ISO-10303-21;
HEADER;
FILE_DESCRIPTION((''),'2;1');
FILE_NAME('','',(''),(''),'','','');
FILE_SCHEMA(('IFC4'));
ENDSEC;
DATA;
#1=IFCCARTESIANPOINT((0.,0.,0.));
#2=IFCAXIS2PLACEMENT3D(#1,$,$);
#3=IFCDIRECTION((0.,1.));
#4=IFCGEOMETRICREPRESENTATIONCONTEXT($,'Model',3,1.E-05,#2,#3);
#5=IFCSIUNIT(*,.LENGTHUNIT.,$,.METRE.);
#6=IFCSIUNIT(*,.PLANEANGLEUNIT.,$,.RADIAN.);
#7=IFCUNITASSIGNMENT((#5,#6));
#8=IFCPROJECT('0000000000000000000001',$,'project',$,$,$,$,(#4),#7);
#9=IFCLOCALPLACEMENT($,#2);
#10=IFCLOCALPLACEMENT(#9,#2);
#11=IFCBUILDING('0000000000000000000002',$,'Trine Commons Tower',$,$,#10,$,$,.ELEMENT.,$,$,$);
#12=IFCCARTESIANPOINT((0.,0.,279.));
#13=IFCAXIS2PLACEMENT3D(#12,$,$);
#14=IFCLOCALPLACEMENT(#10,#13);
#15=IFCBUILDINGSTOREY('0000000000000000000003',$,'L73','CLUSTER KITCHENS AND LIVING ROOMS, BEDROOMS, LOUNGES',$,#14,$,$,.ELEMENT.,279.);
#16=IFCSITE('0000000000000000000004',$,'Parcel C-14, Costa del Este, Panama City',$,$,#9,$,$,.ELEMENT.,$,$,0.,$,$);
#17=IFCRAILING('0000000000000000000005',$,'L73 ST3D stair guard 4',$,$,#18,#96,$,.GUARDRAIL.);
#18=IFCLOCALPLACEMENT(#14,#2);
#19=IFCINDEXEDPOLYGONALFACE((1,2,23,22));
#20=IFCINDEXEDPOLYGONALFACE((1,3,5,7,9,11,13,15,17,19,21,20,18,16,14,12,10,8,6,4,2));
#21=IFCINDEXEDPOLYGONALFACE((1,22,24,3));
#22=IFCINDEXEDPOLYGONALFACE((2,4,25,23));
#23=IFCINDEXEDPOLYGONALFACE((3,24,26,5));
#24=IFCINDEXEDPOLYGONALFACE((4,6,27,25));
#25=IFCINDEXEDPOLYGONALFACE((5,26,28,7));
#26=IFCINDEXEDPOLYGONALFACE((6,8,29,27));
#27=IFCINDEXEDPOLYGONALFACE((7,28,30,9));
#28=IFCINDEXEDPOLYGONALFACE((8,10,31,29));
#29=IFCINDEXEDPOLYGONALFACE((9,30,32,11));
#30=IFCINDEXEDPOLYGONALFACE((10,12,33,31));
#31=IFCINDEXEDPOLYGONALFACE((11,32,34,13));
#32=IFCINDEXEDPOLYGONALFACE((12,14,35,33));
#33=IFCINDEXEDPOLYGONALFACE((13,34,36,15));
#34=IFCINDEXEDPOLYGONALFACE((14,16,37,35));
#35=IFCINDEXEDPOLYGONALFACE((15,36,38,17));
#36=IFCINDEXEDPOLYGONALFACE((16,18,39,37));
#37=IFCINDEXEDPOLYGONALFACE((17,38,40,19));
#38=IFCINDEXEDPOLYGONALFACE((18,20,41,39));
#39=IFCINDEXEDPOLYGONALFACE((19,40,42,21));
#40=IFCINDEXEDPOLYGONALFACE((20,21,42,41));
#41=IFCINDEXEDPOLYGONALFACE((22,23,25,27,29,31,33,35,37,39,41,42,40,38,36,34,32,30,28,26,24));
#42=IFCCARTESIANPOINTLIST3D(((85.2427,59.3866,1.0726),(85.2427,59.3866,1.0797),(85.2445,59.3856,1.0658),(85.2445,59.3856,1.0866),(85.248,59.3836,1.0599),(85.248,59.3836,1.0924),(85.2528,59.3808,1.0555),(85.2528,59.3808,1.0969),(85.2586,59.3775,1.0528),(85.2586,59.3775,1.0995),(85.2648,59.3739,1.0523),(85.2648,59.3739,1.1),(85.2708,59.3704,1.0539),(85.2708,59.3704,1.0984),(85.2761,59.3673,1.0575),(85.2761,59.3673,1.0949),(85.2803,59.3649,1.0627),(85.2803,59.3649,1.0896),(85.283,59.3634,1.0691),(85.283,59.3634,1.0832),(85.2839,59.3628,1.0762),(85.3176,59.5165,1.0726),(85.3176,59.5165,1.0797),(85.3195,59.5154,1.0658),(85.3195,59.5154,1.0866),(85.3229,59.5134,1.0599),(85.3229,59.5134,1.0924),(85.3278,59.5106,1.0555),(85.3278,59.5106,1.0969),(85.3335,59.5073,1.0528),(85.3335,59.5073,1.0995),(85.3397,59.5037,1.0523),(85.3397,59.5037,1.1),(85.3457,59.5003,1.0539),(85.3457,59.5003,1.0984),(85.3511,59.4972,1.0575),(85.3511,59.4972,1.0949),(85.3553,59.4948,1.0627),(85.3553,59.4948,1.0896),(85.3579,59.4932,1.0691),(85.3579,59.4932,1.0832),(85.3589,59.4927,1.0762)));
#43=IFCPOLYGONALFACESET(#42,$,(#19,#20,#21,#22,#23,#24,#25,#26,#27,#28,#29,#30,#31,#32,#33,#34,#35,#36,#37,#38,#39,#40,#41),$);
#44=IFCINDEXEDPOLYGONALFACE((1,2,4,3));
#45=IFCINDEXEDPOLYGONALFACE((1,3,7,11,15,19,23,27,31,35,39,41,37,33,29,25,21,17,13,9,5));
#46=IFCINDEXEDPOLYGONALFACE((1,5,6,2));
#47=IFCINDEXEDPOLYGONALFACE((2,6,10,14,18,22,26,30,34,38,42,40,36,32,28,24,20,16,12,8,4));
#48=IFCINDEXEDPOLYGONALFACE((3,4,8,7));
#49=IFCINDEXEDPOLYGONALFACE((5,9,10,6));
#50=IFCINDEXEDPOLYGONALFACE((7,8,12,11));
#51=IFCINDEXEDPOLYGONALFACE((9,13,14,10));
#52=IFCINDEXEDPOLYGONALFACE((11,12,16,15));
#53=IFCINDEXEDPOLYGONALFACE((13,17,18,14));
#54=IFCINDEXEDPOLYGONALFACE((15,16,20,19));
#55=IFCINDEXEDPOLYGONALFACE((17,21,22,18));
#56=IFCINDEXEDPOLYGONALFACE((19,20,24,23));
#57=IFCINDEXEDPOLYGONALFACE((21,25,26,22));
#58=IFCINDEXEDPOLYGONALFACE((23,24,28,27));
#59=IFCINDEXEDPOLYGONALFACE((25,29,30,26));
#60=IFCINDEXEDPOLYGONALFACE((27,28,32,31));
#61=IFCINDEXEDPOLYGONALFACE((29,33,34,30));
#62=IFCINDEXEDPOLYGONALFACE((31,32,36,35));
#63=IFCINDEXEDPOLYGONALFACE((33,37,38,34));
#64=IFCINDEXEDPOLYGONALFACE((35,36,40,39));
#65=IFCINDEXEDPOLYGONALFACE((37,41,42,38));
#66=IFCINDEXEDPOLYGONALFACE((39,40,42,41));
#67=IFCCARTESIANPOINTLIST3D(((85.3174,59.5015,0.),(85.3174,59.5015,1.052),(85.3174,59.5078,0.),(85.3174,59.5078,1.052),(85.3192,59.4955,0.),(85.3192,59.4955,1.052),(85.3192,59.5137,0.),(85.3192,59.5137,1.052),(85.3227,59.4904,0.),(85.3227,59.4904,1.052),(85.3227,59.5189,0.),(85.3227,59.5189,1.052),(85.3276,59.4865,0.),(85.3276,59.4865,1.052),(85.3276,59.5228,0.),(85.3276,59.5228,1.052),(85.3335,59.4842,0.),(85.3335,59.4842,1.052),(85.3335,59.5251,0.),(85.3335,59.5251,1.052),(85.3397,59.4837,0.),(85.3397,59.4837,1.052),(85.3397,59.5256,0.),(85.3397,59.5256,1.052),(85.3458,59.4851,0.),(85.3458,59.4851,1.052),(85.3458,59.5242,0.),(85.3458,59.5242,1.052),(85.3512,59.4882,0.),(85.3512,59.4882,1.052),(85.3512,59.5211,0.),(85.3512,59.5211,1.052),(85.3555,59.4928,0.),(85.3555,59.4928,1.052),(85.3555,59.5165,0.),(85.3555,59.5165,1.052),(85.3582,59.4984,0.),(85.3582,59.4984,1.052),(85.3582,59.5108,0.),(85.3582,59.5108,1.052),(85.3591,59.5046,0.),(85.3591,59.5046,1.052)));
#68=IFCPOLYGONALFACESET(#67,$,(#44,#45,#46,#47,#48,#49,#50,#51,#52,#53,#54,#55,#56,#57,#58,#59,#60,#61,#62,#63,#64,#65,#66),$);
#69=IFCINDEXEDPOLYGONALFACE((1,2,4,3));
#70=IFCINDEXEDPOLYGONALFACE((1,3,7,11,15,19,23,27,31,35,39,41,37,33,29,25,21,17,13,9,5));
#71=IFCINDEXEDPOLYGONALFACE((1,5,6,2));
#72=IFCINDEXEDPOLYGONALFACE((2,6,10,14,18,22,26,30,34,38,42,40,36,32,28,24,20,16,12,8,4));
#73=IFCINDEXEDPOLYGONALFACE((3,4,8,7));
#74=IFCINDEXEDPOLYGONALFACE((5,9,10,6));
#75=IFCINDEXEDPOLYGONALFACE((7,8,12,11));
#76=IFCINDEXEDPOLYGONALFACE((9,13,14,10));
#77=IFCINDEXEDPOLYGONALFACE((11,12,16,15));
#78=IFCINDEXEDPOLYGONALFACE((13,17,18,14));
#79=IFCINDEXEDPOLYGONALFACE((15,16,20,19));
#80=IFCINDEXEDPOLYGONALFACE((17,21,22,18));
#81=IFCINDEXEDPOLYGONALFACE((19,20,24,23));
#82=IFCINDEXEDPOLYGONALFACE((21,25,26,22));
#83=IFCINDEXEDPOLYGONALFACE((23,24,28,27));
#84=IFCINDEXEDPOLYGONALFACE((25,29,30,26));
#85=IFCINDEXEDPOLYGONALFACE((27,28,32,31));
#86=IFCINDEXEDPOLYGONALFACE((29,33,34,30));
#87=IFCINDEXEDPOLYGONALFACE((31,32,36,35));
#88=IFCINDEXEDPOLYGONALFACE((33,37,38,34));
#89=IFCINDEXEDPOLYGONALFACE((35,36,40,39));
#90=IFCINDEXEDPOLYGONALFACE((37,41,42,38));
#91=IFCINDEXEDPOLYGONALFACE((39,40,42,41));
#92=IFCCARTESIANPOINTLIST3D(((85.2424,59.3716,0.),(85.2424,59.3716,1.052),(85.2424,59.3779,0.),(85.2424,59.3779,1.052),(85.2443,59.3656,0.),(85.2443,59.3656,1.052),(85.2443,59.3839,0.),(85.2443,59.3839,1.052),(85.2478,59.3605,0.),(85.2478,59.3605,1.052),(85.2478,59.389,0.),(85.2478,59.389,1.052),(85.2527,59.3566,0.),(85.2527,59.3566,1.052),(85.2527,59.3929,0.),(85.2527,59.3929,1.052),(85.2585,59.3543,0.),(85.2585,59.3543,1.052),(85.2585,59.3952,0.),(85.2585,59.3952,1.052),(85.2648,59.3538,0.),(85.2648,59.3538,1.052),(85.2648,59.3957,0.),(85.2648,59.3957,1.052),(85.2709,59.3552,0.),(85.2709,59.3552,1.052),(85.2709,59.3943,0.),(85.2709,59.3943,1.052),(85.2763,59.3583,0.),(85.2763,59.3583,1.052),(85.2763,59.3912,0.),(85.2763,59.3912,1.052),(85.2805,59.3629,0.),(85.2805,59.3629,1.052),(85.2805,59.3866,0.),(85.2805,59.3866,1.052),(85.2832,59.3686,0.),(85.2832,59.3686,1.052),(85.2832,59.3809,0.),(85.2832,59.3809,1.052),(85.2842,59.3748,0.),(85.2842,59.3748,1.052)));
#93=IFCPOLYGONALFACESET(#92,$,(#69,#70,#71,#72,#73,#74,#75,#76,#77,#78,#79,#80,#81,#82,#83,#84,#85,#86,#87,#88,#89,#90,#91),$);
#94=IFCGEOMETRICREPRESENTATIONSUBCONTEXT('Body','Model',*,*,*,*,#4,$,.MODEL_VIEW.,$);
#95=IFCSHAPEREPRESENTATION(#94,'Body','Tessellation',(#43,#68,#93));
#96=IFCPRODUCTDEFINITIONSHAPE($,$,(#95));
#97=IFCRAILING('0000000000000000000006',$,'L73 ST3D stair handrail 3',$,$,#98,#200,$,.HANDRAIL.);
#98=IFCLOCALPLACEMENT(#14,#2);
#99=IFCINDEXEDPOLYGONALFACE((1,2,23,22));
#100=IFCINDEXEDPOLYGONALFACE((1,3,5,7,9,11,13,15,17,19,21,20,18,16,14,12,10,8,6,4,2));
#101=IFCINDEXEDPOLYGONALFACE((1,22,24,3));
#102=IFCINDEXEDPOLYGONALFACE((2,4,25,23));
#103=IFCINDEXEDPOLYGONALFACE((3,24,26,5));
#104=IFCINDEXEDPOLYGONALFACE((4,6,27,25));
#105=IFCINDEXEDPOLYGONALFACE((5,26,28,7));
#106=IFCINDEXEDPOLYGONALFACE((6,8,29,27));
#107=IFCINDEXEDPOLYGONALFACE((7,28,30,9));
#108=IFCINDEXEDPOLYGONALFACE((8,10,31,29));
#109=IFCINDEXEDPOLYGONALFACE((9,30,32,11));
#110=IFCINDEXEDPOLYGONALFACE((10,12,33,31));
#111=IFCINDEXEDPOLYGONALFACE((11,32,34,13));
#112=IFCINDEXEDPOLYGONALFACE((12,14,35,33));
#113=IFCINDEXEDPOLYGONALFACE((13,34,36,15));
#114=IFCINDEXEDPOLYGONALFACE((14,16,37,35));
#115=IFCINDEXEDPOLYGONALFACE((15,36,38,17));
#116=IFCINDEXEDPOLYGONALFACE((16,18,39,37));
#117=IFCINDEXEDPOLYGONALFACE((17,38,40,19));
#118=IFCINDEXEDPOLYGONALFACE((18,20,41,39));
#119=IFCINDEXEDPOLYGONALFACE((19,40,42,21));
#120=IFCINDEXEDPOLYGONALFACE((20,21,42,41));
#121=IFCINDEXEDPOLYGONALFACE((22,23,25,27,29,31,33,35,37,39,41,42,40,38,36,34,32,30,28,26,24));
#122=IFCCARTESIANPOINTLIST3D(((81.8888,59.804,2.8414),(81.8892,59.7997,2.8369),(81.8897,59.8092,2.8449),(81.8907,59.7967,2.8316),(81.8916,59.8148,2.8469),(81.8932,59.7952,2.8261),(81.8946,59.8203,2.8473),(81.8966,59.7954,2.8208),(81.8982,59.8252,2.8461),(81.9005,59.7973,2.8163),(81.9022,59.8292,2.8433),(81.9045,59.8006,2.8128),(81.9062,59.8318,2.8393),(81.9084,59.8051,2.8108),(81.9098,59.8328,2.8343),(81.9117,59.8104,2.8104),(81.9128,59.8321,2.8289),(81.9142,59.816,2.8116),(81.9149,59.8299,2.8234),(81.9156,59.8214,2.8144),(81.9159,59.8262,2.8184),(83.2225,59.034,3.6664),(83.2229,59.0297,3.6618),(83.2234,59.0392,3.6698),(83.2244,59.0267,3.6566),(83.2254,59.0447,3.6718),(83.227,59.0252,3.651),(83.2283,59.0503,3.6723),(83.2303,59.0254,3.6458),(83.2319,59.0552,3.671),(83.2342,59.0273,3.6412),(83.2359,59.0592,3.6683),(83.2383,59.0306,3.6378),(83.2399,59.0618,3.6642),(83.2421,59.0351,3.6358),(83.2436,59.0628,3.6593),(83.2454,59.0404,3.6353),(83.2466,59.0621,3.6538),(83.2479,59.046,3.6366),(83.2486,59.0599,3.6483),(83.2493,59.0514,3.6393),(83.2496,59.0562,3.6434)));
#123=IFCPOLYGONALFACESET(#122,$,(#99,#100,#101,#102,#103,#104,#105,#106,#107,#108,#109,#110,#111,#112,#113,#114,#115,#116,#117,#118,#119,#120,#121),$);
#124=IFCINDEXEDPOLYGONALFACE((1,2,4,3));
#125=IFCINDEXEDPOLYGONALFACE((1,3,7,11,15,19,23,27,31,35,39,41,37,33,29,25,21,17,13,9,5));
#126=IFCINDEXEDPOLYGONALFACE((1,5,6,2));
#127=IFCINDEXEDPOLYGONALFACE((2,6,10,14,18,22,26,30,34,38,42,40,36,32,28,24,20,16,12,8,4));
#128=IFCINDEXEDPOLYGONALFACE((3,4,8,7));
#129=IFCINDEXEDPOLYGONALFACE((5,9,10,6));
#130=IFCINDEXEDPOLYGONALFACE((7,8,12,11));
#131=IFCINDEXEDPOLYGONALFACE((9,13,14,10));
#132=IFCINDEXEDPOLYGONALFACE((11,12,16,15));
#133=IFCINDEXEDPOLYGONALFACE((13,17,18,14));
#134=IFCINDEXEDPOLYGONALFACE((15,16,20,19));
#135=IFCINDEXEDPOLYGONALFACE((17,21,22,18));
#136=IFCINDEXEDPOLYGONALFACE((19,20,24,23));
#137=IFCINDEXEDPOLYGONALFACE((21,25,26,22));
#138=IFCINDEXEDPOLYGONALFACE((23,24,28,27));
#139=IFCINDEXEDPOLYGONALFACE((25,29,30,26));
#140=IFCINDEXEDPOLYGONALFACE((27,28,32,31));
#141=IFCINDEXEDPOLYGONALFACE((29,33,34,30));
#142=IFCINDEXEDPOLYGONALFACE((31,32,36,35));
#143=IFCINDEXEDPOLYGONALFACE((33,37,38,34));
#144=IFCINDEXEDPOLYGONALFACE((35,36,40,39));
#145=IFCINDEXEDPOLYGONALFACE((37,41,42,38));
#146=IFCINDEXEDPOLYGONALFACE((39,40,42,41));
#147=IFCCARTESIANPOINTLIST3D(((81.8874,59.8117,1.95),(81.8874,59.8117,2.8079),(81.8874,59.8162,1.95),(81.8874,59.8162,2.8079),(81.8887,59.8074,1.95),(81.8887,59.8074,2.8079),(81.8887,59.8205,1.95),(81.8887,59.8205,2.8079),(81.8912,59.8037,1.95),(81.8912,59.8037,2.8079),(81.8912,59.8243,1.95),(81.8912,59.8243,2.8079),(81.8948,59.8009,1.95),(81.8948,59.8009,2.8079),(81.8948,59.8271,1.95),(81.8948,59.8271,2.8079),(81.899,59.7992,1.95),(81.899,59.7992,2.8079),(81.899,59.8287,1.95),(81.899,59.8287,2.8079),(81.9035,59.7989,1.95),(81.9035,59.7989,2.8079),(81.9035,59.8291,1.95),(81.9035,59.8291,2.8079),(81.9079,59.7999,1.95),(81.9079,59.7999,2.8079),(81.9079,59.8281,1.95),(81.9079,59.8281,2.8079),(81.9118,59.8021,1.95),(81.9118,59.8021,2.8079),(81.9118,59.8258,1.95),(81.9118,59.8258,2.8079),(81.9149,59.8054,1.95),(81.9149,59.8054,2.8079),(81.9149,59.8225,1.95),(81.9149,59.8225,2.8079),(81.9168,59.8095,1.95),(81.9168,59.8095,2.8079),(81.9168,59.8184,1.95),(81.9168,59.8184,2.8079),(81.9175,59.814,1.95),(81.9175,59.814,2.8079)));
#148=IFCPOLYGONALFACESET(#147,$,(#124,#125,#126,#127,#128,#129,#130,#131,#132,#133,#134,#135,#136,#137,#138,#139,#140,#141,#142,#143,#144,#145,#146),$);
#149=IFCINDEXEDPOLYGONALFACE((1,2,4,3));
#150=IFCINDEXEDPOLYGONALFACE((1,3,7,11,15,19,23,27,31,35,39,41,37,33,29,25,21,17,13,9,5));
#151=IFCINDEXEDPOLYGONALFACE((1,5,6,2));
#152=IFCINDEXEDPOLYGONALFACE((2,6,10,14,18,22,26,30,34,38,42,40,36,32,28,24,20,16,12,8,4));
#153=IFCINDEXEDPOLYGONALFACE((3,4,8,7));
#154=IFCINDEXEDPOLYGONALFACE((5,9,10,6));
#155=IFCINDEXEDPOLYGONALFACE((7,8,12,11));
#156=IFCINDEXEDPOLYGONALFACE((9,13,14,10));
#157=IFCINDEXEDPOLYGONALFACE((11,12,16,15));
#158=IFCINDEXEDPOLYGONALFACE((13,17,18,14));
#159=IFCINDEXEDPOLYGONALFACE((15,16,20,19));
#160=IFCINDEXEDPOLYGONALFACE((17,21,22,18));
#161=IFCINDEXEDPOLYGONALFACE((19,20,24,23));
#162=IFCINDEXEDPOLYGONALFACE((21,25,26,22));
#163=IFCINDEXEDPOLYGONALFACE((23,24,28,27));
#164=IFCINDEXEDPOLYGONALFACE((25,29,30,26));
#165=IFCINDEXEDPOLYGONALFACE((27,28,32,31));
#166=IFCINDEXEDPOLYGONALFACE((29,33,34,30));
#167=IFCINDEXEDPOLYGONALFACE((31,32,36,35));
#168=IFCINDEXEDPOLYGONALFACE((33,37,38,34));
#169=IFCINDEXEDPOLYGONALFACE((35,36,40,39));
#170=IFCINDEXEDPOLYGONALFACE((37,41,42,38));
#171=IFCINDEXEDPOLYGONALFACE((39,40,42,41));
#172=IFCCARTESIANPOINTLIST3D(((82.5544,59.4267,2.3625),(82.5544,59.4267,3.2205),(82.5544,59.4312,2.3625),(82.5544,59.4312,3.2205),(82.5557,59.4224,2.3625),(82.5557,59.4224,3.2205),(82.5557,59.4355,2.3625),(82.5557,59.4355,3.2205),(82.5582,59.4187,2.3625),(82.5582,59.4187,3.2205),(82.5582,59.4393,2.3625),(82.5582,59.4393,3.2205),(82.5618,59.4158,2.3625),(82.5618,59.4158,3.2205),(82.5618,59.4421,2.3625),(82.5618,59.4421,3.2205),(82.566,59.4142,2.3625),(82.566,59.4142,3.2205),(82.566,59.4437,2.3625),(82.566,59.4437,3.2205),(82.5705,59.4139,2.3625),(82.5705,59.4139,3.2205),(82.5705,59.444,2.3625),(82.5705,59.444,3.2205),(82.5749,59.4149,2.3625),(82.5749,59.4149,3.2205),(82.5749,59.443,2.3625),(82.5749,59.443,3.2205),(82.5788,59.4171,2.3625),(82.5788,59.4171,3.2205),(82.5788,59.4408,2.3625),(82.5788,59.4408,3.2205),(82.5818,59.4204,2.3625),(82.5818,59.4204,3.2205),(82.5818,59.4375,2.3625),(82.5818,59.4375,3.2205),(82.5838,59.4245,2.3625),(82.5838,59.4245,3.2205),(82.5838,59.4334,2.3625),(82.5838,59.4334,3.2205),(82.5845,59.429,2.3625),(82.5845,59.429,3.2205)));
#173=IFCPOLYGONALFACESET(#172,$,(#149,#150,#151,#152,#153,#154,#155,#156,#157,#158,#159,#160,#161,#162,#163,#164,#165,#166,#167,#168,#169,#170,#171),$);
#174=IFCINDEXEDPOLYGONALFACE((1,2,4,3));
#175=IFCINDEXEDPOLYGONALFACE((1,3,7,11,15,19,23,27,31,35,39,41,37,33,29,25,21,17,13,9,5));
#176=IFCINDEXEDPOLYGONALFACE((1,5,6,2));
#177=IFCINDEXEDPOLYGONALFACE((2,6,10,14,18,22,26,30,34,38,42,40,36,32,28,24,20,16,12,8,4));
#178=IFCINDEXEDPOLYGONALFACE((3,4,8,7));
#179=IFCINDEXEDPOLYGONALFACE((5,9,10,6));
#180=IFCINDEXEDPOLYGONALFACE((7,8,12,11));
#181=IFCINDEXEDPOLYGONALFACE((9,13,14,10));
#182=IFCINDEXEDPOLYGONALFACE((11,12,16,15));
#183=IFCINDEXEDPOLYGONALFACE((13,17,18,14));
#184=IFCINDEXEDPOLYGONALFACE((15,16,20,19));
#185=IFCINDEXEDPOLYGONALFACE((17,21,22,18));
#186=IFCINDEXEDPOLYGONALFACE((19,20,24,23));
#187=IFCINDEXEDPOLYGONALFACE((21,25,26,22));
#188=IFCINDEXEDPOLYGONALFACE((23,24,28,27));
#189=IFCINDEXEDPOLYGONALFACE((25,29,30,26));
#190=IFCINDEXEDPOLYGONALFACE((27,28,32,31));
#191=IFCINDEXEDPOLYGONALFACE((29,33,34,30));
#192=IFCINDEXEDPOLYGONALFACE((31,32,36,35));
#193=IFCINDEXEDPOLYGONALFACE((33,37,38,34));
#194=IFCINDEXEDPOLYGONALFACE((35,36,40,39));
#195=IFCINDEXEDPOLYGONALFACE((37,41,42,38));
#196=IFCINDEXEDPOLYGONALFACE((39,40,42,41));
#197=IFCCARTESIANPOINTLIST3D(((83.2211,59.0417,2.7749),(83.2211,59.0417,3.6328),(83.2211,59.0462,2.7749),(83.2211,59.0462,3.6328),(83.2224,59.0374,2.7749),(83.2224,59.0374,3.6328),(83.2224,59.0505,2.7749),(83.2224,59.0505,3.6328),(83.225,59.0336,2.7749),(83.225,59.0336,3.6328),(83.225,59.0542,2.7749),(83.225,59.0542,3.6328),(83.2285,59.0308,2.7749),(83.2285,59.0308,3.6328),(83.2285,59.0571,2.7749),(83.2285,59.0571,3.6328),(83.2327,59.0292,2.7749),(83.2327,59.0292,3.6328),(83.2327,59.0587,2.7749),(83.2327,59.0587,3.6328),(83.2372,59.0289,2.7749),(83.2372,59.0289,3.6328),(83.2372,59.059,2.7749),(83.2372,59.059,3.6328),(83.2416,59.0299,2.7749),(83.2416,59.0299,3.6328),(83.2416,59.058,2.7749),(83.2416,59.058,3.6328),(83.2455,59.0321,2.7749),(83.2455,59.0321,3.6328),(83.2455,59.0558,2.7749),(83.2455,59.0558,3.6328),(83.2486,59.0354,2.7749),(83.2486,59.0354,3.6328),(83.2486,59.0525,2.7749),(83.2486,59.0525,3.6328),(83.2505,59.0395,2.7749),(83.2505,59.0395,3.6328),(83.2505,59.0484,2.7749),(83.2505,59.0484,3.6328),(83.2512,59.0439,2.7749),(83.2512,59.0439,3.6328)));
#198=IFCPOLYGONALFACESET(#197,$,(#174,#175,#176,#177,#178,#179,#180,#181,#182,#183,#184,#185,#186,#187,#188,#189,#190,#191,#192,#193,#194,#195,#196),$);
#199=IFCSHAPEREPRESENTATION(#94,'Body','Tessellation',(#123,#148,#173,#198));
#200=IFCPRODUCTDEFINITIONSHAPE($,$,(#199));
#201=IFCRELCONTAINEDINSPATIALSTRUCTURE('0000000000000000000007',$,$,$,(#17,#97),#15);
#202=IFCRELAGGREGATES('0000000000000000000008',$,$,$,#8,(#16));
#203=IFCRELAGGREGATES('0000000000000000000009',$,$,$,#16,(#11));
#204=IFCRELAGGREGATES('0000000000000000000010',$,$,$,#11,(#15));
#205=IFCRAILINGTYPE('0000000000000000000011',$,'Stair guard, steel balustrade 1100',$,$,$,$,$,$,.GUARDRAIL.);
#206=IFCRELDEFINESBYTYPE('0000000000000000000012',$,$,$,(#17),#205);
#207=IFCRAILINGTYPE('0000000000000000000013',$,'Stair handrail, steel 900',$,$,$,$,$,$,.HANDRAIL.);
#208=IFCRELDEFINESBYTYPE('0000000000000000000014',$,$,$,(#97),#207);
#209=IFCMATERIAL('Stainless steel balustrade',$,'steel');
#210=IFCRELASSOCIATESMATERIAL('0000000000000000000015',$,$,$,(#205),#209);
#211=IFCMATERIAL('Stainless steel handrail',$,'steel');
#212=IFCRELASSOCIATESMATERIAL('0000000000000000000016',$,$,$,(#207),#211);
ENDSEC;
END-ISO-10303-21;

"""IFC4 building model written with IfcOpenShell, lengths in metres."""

from ifc_helpers import new_model, si_unit, direction, frame, origin, origin_2d, place, context, subcontext, project, spatial, circle, extrude, material, type_object, element, save


model = new_model("IFC4")

# Units and contexts
model_context = context("Model", 3, precision=1e-05, world=origin(), true_north=direction((0.0, 1.0)))
body_context = subcontext(model_context, "Body", "Model", "MODEL_VIEW")
ifc_project = project(units=[si_unit("LENGTHUNIT", "METRE"), si_unit("PLANEANGLEUNIT", "RADIAN")], contexts=[model_context])

# Site, building, storey
site_placement = place(None, origin())
site = spatial("IfcSite", under=ifc_project, at=site_placement, Name="Parcel C-14, Costa del Este, Panama City", CompositionType="ELEMENT", RefElevation=0.0)
building_placement = place(site_placement, origin())
building = spatial("IfcBuilding", under=site, at=building_placement, Name="Trine Commons Tower", CompositionType="ELEMENT")
storey_placement = place(building_placement, frame((0.0, 0.0, 279.0)))
storey = spatial("IfcBuildingStorey", under=building, at=storey_placement, Name="L73", Description="CLUSTER KITCHENS AND LIVING ROOMS, BEDROOMS, LOUNGES", CompositionType="ELEMENT", Elevation=279.0)

# Railings
ifc_material_1 = material(Name="Stainless steel balustrade", Category="steel")
railing_type_1 = type_object("IfcRailingType", Name="Stair guard, steel balustrade 1100", PredefinedType="GUARDRAIL", material=ifc_material_1)
railing_1_placement = place(storey_placement, frame((85.3381, 59.5046, 0.0)))
element("IfcRailing", 1, at=railing_1_placement, inside=storey, type_object=railing_type_1, Name="L73 ST3D stair guard 4", PredefinedType="GUARDRAIL", context=body_context, shape_type="SweptSolid", body=[
    extrude(circle(Radius=0.0239, at=origin_2d()), frame((0.0, 0.0, 1.0762), z_axis=(-0.499816, -0.866131, 0.0), x_axis=(0.866131, -0.499816, 0.0)), (0.0, 0.0, 1.0), 0.1499),
    extrude(circle(Radius=0.021, at=origin_2d()), origin(), (0.0, 0.0, 1.0), 1.052),
    extrude(circle(Radius=0.021, at=origin_2d()), frame((-0.075, -0.1299, 0.0)), (0.0, 0.0, 1.0), 1.052),
])
ifc_material_2 = material(Name="Stainless steel handrail", Category="steel")
railing_type_2 = type_object("IfcRailingType", Name="Stair handrail, steel 900", PredefinedType="HANDRAIL", material=ifc_material_2)
railing_2_placement = place(storey_placement, frame((81.9023, 59.814, 1.95)))
element("IfcRailing", 2, at=railing_2_placement, inside=storey, type_object=railing_type_2, Name="L73 ST3D stair handrail 3", PredefinedType="HANDRAIL", context=body_context, shape_type="SweptSolid", body=[
    extrude(circle(Radius=0.021, at=origin_2d()), frame((0.0, 0.0, 0.8789), z_axis=(0.763405, -0.440743, 0.472185), x_axis=(0.499992, 0.86603, 0.0)), (0.0, 0.0, 1.0), 1.7471),
    extrude(circle(Radius=0.0151, at=origin_2d()), origin(), (0.0, 0.0, 1.0), 0.8579),
    extrude(circle(Radius=0.0151, at=origin_2d()), frame((0.667, -0.385, 0.4126)), (0.0, 0.0, 1.0), 0.8579),
    extrude(circle(Radius=0.0151, at=origin_2d()), frame((1.3337, -0.77, 0.825)), (0.0, 0.0, 1.0), 0.8579),
])

save(model, "model.ifc")
